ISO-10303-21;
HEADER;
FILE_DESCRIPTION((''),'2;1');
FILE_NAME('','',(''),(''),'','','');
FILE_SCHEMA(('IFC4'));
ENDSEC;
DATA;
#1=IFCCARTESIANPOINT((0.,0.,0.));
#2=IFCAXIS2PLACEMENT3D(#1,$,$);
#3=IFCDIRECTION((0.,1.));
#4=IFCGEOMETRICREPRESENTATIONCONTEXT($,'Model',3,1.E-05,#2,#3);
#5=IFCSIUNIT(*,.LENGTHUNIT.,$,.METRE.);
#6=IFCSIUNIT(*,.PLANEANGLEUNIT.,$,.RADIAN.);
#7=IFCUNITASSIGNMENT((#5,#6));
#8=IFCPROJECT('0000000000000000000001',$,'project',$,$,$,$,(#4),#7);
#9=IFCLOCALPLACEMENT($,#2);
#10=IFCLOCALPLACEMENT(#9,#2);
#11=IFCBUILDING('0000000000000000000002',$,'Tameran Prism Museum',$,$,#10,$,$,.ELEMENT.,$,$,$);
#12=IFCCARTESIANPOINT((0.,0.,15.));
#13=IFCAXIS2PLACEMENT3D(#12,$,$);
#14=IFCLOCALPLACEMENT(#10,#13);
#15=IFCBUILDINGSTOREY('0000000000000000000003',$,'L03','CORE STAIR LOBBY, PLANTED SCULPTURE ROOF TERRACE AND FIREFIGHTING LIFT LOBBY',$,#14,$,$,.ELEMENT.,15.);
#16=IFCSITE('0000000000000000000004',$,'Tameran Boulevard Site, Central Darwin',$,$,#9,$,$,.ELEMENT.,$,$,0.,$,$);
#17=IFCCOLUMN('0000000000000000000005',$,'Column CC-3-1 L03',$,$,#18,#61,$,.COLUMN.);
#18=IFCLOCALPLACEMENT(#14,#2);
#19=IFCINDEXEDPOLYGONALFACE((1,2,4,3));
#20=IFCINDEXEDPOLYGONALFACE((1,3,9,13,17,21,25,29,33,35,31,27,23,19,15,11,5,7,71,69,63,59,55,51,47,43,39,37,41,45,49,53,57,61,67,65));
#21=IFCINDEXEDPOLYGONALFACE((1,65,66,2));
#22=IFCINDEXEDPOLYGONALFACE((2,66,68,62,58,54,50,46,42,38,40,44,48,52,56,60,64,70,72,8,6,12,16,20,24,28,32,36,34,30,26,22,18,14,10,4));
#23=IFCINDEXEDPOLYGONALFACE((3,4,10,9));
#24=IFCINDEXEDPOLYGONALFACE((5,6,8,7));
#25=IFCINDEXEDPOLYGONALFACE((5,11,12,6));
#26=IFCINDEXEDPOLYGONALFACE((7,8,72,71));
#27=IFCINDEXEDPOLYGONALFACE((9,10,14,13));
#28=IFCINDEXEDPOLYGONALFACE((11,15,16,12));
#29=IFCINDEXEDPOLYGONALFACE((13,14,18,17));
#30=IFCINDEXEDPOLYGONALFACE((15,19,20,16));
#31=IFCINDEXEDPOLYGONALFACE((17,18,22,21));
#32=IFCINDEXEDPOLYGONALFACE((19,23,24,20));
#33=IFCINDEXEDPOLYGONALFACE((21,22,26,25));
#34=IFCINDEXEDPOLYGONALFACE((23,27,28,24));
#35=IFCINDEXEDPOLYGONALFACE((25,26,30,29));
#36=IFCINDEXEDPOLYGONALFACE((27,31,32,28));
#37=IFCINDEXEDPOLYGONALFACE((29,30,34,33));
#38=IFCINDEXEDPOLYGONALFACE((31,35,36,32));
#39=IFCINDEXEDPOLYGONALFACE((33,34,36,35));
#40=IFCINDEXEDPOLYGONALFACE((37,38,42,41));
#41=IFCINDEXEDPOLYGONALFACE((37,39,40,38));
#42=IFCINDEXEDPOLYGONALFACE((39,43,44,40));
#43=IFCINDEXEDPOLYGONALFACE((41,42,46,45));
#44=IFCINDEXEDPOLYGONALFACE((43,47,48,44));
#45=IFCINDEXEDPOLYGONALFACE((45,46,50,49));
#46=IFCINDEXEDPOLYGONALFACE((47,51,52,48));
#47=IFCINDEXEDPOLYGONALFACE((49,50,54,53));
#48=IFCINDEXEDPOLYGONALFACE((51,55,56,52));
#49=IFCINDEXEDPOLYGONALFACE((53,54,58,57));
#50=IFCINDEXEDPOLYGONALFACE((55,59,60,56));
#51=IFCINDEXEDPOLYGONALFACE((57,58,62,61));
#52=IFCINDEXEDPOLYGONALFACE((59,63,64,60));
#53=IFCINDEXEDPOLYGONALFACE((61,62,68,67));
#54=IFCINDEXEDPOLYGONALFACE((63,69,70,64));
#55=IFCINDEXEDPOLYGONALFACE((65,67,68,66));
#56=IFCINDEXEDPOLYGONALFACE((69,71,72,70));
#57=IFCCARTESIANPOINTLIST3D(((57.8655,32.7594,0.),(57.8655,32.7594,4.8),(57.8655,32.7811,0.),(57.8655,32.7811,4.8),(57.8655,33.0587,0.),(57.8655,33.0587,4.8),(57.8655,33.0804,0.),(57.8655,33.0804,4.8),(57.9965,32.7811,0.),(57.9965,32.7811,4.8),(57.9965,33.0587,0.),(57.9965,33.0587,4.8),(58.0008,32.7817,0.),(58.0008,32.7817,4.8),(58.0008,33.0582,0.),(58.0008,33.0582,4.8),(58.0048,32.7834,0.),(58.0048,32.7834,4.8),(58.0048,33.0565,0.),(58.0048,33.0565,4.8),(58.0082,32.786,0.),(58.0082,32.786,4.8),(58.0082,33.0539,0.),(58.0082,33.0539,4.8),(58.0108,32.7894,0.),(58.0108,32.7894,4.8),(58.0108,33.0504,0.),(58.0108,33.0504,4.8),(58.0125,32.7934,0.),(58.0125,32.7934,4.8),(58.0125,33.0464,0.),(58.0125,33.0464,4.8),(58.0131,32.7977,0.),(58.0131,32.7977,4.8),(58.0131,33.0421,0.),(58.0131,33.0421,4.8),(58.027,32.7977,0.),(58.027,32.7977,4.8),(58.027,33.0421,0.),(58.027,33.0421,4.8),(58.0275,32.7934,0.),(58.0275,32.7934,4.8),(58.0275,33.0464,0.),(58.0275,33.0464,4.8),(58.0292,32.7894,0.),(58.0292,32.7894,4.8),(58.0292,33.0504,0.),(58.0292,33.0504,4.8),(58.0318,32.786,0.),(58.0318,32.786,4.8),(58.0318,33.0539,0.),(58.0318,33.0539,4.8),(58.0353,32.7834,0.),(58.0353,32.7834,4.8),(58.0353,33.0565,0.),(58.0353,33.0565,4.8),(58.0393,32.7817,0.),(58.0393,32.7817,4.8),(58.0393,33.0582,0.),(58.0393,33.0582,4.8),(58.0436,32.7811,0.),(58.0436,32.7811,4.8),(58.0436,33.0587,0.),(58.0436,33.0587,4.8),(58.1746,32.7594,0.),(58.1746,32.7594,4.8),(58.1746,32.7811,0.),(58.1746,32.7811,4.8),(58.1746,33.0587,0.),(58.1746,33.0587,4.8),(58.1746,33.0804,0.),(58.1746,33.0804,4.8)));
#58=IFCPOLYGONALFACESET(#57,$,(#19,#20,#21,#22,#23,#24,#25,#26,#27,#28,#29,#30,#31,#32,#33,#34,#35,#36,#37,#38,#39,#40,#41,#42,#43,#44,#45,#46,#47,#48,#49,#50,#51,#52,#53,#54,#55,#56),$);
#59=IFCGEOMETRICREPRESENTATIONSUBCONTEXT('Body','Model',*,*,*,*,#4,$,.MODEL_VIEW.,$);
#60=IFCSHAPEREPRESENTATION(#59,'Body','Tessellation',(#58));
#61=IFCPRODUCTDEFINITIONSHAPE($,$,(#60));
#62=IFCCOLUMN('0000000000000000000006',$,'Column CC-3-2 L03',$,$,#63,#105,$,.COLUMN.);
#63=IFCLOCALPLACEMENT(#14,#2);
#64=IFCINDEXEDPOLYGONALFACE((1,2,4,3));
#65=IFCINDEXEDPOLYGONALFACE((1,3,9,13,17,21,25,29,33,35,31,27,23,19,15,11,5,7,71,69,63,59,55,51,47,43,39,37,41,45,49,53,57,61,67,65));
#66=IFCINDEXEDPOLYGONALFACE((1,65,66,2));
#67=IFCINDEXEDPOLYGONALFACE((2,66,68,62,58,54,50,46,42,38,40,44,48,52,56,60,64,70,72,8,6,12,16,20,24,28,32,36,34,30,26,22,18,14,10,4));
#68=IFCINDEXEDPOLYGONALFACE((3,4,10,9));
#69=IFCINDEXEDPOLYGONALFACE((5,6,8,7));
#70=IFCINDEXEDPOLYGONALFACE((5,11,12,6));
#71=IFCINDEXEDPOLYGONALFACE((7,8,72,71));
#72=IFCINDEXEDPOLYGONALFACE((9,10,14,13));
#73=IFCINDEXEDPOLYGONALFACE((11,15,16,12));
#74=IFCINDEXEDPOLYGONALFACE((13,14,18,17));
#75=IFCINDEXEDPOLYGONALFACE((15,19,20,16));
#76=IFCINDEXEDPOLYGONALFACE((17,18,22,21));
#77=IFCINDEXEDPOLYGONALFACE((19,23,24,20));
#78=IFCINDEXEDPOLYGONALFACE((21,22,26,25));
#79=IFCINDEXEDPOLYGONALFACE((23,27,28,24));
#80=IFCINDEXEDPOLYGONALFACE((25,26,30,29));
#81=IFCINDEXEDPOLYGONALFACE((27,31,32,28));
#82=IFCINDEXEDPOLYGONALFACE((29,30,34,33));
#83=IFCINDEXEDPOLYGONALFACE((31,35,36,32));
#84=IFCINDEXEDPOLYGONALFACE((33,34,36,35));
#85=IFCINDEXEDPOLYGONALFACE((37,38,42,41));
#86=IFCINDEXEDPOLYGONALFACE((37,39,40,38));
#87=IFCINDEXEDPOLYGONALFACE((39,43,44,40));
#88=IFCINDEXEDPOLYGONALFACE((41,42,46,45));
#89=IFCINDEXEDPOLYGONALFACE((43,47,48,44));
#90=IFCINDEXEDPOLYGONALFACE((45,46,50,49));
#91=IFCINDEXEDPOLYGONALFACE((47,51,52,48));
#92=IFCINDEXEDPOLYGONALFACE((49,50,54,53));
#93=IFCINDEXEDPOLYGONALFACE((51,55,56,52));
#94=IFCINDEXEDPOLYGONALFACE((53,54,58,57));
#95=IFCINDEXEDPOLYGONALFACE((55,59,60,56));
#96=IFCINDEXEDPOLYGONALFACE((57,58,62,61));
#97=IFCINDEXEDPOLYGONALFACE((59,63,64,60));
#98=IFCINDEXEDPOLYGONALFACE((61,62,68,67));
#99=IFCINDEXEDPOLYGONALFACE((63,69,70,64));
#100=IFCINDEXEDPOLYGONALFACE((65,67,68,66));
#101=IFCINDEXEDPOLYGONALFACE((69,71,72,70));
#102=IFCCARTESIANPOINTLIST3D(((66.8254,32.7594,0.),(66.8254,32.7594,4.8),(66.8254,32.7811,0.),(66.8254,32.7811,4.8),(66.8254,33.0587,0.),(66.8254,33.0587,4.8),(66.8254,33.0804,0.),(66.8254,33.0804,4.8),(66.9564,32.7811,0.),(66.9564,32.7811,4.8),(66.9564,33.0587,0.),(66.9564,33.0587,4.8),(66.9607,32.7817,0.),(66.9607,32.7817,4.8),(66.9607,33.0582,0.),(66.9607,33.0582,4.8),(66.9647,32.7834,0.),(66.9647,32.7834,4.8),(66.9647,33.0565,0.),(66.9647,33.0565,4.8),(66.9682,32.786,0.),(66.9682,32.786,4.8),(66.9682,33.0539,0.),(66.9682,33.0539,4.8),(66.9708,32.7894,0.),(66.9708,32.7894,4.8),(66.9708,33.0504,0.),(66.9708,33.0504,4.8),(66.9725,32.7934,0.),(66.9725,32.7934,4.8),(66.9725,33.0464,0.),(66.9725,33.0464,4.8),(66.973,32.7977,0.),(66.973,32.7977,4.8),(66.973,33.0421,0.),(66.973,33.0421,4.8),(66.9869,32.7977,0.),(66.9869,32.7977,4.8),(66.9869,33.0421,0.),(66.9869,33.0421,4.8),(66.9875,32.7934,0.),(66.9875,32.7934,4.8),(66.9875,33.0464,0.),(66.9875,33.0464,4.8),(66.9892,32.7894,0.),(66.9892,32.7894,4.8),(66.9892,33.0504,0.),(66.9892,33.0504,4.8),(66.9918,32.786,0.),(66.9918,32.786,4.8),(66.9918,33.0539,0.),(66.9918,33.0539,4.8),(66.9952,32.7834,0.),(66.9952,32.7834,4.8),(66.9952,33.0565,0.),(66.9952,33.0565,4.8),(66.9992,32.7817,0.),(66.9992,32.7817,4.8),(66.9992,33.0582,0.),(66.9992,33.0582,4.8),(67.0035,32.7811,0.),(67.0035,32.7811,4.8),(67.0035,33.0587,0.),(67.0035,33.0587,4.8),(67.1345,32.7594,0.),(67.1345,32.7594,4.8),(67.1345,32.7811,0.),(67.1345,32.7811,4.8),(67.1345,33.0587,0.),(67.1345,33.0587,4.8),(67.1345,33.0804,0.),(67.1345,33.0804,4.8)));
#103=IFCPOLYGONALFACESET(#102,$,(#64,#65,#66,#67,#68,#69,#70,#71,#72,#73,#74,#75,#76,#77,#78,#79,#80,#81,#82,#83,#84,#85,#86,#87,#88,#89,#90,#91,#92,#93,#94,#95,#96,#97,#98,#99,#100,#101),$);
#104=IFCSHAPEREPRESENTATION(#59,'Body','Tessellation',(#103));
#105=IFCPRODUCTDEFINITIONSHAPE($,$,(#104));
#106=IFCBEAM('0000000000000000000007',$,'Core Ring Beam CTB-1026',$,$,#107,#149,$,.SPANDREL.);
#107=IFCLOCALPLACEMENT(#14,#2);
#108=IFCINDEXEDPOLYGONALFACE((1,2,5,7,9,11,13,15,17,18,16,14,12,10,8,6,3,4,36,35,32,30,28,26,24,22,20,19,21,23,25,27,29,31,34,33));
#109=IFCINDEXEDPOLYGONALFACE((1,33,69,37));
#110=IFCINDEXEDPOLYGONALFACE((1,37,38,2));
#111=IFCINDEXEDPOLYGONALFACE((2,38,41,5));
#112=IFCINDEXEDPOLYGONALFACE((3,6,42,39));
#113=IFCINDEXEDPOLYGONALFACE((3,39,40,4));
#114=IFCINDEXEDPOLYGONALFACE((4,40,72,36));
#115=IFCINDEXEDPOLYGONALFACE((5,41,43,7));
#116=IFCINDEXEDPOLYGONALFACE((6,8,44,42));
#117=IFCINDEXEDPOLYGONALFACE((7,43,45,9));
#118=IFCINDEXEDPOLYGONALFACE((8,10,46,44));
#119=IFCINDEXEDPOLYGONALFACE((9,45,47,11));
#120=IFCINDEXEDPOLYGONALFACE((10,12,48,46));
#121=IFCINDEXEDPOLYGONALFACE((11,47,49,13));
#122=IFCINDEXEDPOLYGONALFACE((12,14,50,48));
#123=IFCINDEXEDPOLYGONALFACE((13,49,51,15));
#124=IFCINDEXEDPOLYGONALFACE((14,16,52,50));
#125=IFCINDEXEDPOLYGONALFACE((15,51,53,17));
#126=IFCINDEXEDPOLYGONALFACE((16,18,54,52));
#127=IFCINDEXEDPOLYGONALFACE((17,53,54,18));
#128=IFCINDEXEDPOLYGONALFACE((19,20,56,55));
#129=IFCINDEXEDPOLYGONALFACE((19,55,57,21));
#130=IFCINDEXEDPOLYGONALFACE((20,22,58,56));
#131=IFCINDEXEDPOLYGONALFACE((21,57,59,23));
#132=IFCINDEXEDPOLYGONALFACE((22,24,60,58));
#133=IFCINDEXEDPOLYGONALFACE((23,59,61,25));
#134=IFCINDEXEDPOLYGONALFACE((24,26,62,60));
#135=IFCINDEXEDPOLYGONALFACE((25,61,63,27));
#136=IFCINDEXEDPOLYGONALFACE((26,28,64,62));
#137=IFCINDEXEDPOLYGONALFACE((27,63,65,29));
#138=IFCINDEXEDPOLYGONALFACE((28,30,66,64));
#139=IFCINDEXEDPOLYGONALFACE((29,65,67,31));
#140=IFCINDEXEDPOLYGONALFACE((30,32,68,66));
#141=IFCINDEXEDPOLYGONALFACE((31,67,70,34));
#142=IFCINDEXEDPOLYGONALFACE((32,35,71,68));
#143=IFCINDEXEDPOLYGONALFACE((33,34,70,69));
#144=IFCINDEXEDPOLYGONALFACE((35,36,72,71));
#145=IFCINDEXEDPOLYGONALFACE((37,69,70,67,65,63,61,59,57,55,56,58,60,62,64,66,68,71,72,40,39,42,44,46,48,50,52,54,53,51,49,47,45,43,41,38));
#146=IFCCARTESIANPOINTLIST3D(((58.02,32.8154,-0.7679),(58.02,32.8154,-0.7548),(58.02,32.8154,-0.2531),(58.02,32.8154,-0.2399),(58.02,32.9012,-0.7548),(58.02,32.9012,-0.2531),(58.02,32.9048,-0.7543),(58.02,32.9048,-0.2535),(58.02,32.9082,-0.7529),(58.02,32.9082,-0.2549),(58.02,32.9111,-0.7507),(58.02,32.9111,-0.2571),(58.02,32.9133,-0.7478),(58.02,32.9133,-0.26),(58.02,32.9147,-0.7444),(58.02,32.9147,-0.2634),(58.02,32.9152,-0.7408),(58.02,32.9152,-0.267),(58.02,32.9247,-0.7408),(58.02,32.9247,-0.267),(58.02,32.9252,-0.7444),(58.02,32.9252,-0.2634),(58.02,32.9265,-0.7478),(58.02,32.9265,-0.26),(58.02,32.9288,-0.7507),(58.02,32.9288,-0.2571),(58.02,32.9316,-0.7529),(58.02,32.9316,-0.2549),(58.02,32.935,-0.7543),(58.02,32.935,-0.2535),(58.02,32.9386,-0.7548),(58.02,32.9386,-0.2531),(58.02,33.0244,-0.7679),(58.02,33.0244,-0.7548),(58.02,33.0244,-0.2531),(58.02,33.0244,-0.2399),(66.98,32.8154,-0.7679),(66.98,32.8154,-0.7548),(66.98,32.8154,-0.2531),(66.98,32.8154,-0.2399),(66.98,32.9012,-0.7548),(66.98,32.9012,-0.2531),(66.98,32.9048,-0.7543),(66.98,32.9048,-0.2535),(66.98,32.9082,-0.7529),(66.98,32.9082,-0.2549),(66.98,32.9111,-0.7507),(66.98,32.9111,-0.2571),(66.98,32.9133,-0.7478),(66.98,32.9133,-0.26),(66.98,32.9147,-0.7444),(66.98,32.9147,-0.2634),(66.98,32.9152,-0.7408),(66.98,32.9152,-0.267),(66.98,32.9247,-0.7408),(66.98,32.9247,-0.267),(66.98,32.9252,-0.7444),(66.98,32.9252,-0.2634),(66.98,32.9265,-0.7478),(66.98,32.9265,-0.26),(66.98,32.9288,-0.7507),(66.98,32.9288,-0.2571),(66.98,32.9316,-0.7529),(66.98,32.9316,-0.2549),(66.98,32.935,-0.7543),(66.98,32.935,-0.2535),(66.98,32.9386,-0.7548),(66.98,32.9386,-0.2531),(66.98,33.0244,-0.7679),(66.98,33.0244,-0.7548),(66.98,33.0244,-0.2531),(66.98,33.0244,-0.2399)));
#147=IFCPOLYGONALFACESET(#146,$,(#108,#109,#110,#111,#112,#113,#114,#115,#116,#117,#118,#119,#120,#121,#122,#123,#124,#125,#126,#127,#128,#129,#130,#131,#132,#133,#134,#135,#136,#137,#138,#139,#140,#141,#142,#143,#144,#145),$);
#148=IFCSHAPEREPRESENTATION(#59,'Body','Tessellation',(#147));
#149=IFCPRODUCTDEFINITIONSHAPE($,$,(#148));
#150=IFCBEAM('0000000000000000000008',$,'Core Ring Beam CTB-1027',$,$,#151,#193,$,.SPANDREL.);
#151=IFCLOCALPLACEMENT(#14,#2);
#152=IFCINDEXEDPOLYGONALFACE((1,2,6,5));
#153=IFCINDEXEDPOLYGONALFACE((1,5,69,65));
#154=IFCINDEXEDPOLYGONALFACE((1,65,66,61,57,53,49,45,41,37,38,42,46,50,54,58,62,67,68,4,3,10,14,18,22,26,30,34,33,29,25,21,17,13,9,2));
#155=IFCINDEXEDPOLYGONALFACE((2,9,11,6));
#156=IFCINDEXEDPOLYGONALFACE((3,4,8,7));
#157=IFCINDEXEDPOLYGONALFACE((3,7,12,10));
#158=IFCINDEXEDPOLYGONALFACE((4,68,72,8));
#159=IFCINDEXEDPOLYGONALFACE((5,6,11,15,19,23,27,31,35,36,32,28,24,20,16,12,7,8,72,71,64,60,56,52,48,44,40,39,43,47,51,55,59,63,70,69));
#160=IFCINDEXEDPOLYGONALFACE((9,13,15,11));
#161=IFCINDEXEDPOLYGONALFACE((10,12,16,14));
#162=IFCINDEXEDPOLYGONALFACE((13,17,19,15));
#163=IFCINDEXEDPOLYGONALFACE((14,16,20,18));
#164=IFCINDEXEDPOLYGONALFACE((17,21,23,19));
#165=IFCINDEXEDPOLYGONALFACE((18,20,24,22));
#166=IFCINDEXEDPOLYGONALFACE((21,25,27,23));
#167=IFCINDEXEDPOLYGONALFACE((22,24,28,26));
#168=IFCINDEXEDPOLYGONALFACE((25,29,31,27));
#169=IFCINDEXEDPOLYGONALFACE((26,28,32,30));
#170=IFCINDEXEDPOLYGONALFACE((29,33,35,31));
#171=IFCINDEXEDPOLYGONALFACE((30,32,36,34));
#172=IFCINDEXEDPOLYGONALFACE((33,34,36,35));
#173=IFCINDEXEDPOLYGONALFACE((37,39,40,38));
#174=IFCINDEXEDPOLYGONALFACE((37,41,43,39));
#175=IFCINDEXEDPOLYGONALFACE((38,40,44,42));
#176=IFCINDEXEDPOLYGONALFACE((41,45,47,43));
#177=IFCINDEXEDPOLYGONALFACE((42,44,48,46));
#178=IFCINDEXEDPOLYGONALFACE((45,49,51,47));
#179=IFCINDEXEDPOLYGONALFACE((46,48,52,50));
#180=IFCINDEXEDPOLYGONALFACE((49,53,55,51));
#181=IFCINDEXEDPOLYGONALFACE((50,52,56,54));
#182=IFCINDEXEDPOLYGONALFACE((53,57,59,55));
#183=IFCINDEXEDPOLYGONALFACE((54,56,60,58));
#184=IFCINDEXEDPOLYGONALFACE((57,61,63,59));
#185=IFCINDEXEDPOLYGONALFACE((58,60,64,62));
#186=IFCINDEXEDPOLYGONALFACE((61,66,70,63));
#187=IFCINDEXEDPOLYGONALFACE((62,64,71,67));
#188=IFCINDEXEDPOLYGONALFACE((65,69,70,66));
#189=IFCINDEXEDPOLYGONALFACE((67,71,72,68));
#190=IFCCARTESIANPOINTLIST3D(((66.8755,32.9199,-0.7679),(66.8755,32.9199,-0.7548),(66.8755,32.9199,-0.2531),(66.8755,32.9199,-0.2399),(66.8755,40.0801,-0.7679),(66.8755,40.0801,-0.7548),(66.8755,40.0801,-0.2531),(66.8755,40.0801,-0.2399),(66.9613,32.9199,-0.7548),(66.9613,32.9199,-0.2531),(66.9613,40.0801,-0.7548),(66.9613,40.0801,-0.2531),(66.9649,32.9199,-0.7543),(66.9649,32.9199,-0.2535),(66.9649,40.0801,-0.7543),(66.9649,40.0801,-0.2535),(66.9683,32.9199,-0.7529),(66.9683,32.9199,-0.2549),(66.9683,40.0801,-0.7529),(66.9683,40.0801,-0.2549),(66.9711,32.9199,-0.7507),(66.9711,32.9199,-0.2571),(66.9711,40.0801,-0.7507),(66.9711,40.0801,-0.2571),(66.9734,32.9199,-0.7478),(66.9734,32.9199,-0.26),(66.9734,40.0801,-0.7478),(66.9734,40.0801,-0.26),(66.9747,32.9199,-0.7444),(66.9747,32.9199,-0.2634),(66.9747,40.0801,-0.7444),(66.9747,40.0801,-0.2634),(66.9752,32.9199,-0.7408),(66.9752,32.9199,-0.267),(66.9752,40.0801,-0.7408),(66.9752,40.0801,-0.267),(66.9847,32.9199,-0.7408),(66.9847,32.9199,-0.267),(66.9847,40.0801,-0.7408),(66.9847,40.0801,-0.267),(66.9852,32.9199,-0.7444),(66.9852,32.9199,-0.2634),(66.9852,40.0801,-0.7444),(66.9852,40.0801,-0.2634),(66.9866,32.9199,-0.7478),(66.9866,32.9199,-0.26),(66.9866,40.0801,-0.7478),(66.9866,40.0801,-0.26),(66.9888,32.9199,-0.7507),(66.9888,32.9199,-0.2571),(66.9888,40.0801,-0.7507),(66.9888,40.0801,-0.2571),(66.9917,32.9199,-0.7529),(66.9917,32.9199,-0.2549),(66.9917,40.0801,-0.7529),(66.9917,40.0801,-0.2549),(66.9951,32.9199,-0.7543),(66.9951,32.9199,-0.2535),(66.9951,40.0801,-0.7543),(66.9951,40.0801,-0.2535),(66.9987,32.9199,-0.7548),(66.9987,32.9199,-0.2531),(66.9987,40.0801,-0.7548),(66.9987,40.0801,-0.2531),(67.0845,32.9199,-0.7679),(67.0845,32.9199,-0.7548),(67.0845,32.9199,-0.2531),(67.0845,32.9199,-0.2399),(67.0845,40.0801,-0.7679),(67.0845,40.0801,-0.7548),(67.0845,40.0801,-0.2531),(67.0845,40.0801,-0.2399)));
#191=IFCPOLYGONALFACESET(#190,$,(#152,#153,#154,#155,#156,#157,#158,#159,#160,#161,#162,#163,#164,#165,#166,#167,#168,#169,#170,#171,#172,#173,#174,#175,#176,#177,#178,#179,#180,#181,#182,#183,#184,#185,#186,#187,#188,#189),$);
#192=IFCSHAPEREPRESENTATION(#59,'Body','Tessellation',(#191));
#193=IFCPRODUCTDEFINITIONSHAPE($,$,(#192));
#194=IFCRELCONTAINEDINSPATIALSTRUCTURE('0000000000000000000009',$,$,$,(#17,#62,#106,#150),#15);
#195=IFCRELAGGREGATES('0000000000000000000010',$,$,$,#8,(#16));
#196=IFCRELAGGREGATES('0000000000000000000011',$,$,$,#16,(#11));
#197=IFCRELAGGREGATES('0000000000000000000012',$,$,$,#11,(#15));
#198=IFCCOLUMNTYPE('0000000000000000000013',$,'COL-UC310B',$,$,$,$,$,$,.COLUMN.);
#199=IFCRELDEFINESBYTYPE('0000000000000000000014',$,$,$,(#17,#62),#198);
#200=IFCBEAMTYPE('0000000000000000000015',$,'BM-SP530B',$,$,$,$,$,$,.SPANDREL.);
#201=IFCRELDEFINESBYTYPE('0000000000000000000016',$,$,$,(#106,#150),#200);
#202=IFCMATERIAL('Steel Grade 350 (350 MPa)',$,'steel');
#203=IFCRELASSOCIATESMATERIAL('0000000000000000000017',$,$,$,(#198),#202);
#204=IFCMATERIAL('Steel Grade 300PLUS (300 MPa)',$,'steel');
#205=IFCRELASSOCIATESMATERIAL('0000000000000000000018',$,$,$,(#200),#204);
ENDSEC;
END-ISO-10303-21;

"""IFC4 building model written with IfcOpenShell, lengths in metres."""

from ifc_helpers import new_model, si_unit, direction, frame, origin, origin_2d, place, context, subcontext, project, spatial, i_section, extrude, material, material_profile, profile_set, type_object, element, save


model = new_model("IFC4")

# Units and contexts
model_context = context("Model", 3, precision=1e-05, world=origin(), true_north=direction((0.0, 1.0)))
body_context = subcontext(model_context, "Body", "Model", "MODEL_VIEW")
ifc_project = project(units=[si_unit("LENGTHUNIT", "METRE"), si_unit("PLANEANGLEUNIT", "RADIAN")], contexts=[model_context])

# Site, building, storey
site_placement = place(None, origin())
site = spatial("IfcSite", under=ifc_project, at=site_placement, Name="Tameran Boulevard Site, Central Darwin", CompositionType="ELEMENT", RefElevation=0.0)
building_placement = place(site_placement, origin())
building = spatial("IfcBuilding", under=site, at=building_placement, Name="Tameran Prism Museum", CompositionType="ELEMENT")
storey_placement = place(building_placement, frame((0.0, 0.0, 15.0)))
storey = spatial("IfcBuildingStorey", under=building, at=storey_placement, Name="L03", Description="CORE STAIR LOBBY, PLANTED SCULPTURE ROOF TERRACE AND FIREFIGHTING LIFT LOBBY", CompositionType="ELEMENT", Elevation=15.0)

# Columns
ifc_material_1 = material(Name="Steel Grade 350 (350 MPa)", Category="steel")
ifc_material_profile_1 = material_profile(ifc_material_1, i_section(OverallWidth=0.3091, OverallDepth=0.321, WebThickness=0.0139, FlangeThickness=0.0217, FilletRadius=0.0166, at=origin_2d()))
ifc_profile_set_1 = profile_set([ifc_material_profile_1])
column_type = type_object("IfcColumnType", Name="COL-UC310B", PredefinedType="COLUMN", material=ifc_profile_set_1)
for number, where, z_axis, x_axis, name in (
    (1, (58.02, 32.9199, 0.0), (0.0, 0.0, 1.0), (1.0, 0.0, 0.0), "Column CC-3-1 L03"),
    (2, (66.98, 32.9199, 0.0), (0.0, 0.0, 1.0), (1.0, 0.0, 0.0), "Column CC-3-2 L03"),
):
    element("IfcColumn", number, at=place(storey_placement, frame(where, z_axis=z_axis, x_axis=x_axis)), inside=storey, type_object=column_type, Name=name, PredefinedType="COLUMN", context=body_context, shape_type="SweptSolid", body=[
        extrude(i_section(OverallWidth=0.3091, OverallDepth=0.321, WebThickness=0.0139, FlangeThickness=0.0217, FilletRadius=0.0166, at=origin_2d()), origin(), (0.0, 0.0, 1.0), 4.8),
    ])

# Beams
ifc_material_2 = material(Name="Steel Grade 300PLUS (300 MPa)", Category="steel")
ifc_material_profile_2 = material_profile(ifc_material_2, i_section(OverallWidth=0.209, OverallDepth=0.5281, WebThickness=0.0095, FlangeThickness=0.0132, FilletRadius=0.0139, at=origin_2d()))
ifc_profile_set_2 = profile_set([ifc_material_profile_2])
beam_type_1 = type_object("IfcBeamType", Name="BM-SP530B", PredefinedType="SPANDREL", material=ifc_profile_set_2)
beam_1_placement = place(storey_placement, frame((58.02, 32.9199, -0.5039), z_axis=(1.0, 0.0, 0.0), x_axis=(0.0, 1.0, 0.0)))
element("IfcBeam", 3, at=beam_1_placement, inside=storey, type_object=beam_type_1, Name="Core Ring Beam CTB-1026", PredefinedType="SPANDREL", context=body_context, shape_type="SweptSolid", body=[
    extrude(i_section(OverallWidth=0.209, OverallDepth=0.5281, WebThickness=0.0095, FlangeThickness=0.0132, FilletRadius=0.0139, at=origin_2d()), origin(), (0.0, 0.0, 1.0), 8.96),
])
beam_2_placement = place(storey_placement, frame((66.98, 32.9199, -0.5039), z_axis=(0.0, 1.0, 0.0), x_axis=(-1.0, 0.0, 0.0)))
element("IfcBeam", 4, at=beam_2_placement, inside=storey, type_object=beam_type_1, Name="Core Ring Beam CTB-1027", PredefinedType="SPANDREL", context=body_context, shape_type="SweptSolid", body=[
    extrude(i_section(OverallWidth=0.209, OverallDepth=0.5281, WebThickness=0.0095, FlangeThickness=0.0132, FilletRadius=0.0139, at=origin_2d()), origin(), (0.0, 0.0, 1.0), 7.1602),
])

save(model, "model.ifc")
